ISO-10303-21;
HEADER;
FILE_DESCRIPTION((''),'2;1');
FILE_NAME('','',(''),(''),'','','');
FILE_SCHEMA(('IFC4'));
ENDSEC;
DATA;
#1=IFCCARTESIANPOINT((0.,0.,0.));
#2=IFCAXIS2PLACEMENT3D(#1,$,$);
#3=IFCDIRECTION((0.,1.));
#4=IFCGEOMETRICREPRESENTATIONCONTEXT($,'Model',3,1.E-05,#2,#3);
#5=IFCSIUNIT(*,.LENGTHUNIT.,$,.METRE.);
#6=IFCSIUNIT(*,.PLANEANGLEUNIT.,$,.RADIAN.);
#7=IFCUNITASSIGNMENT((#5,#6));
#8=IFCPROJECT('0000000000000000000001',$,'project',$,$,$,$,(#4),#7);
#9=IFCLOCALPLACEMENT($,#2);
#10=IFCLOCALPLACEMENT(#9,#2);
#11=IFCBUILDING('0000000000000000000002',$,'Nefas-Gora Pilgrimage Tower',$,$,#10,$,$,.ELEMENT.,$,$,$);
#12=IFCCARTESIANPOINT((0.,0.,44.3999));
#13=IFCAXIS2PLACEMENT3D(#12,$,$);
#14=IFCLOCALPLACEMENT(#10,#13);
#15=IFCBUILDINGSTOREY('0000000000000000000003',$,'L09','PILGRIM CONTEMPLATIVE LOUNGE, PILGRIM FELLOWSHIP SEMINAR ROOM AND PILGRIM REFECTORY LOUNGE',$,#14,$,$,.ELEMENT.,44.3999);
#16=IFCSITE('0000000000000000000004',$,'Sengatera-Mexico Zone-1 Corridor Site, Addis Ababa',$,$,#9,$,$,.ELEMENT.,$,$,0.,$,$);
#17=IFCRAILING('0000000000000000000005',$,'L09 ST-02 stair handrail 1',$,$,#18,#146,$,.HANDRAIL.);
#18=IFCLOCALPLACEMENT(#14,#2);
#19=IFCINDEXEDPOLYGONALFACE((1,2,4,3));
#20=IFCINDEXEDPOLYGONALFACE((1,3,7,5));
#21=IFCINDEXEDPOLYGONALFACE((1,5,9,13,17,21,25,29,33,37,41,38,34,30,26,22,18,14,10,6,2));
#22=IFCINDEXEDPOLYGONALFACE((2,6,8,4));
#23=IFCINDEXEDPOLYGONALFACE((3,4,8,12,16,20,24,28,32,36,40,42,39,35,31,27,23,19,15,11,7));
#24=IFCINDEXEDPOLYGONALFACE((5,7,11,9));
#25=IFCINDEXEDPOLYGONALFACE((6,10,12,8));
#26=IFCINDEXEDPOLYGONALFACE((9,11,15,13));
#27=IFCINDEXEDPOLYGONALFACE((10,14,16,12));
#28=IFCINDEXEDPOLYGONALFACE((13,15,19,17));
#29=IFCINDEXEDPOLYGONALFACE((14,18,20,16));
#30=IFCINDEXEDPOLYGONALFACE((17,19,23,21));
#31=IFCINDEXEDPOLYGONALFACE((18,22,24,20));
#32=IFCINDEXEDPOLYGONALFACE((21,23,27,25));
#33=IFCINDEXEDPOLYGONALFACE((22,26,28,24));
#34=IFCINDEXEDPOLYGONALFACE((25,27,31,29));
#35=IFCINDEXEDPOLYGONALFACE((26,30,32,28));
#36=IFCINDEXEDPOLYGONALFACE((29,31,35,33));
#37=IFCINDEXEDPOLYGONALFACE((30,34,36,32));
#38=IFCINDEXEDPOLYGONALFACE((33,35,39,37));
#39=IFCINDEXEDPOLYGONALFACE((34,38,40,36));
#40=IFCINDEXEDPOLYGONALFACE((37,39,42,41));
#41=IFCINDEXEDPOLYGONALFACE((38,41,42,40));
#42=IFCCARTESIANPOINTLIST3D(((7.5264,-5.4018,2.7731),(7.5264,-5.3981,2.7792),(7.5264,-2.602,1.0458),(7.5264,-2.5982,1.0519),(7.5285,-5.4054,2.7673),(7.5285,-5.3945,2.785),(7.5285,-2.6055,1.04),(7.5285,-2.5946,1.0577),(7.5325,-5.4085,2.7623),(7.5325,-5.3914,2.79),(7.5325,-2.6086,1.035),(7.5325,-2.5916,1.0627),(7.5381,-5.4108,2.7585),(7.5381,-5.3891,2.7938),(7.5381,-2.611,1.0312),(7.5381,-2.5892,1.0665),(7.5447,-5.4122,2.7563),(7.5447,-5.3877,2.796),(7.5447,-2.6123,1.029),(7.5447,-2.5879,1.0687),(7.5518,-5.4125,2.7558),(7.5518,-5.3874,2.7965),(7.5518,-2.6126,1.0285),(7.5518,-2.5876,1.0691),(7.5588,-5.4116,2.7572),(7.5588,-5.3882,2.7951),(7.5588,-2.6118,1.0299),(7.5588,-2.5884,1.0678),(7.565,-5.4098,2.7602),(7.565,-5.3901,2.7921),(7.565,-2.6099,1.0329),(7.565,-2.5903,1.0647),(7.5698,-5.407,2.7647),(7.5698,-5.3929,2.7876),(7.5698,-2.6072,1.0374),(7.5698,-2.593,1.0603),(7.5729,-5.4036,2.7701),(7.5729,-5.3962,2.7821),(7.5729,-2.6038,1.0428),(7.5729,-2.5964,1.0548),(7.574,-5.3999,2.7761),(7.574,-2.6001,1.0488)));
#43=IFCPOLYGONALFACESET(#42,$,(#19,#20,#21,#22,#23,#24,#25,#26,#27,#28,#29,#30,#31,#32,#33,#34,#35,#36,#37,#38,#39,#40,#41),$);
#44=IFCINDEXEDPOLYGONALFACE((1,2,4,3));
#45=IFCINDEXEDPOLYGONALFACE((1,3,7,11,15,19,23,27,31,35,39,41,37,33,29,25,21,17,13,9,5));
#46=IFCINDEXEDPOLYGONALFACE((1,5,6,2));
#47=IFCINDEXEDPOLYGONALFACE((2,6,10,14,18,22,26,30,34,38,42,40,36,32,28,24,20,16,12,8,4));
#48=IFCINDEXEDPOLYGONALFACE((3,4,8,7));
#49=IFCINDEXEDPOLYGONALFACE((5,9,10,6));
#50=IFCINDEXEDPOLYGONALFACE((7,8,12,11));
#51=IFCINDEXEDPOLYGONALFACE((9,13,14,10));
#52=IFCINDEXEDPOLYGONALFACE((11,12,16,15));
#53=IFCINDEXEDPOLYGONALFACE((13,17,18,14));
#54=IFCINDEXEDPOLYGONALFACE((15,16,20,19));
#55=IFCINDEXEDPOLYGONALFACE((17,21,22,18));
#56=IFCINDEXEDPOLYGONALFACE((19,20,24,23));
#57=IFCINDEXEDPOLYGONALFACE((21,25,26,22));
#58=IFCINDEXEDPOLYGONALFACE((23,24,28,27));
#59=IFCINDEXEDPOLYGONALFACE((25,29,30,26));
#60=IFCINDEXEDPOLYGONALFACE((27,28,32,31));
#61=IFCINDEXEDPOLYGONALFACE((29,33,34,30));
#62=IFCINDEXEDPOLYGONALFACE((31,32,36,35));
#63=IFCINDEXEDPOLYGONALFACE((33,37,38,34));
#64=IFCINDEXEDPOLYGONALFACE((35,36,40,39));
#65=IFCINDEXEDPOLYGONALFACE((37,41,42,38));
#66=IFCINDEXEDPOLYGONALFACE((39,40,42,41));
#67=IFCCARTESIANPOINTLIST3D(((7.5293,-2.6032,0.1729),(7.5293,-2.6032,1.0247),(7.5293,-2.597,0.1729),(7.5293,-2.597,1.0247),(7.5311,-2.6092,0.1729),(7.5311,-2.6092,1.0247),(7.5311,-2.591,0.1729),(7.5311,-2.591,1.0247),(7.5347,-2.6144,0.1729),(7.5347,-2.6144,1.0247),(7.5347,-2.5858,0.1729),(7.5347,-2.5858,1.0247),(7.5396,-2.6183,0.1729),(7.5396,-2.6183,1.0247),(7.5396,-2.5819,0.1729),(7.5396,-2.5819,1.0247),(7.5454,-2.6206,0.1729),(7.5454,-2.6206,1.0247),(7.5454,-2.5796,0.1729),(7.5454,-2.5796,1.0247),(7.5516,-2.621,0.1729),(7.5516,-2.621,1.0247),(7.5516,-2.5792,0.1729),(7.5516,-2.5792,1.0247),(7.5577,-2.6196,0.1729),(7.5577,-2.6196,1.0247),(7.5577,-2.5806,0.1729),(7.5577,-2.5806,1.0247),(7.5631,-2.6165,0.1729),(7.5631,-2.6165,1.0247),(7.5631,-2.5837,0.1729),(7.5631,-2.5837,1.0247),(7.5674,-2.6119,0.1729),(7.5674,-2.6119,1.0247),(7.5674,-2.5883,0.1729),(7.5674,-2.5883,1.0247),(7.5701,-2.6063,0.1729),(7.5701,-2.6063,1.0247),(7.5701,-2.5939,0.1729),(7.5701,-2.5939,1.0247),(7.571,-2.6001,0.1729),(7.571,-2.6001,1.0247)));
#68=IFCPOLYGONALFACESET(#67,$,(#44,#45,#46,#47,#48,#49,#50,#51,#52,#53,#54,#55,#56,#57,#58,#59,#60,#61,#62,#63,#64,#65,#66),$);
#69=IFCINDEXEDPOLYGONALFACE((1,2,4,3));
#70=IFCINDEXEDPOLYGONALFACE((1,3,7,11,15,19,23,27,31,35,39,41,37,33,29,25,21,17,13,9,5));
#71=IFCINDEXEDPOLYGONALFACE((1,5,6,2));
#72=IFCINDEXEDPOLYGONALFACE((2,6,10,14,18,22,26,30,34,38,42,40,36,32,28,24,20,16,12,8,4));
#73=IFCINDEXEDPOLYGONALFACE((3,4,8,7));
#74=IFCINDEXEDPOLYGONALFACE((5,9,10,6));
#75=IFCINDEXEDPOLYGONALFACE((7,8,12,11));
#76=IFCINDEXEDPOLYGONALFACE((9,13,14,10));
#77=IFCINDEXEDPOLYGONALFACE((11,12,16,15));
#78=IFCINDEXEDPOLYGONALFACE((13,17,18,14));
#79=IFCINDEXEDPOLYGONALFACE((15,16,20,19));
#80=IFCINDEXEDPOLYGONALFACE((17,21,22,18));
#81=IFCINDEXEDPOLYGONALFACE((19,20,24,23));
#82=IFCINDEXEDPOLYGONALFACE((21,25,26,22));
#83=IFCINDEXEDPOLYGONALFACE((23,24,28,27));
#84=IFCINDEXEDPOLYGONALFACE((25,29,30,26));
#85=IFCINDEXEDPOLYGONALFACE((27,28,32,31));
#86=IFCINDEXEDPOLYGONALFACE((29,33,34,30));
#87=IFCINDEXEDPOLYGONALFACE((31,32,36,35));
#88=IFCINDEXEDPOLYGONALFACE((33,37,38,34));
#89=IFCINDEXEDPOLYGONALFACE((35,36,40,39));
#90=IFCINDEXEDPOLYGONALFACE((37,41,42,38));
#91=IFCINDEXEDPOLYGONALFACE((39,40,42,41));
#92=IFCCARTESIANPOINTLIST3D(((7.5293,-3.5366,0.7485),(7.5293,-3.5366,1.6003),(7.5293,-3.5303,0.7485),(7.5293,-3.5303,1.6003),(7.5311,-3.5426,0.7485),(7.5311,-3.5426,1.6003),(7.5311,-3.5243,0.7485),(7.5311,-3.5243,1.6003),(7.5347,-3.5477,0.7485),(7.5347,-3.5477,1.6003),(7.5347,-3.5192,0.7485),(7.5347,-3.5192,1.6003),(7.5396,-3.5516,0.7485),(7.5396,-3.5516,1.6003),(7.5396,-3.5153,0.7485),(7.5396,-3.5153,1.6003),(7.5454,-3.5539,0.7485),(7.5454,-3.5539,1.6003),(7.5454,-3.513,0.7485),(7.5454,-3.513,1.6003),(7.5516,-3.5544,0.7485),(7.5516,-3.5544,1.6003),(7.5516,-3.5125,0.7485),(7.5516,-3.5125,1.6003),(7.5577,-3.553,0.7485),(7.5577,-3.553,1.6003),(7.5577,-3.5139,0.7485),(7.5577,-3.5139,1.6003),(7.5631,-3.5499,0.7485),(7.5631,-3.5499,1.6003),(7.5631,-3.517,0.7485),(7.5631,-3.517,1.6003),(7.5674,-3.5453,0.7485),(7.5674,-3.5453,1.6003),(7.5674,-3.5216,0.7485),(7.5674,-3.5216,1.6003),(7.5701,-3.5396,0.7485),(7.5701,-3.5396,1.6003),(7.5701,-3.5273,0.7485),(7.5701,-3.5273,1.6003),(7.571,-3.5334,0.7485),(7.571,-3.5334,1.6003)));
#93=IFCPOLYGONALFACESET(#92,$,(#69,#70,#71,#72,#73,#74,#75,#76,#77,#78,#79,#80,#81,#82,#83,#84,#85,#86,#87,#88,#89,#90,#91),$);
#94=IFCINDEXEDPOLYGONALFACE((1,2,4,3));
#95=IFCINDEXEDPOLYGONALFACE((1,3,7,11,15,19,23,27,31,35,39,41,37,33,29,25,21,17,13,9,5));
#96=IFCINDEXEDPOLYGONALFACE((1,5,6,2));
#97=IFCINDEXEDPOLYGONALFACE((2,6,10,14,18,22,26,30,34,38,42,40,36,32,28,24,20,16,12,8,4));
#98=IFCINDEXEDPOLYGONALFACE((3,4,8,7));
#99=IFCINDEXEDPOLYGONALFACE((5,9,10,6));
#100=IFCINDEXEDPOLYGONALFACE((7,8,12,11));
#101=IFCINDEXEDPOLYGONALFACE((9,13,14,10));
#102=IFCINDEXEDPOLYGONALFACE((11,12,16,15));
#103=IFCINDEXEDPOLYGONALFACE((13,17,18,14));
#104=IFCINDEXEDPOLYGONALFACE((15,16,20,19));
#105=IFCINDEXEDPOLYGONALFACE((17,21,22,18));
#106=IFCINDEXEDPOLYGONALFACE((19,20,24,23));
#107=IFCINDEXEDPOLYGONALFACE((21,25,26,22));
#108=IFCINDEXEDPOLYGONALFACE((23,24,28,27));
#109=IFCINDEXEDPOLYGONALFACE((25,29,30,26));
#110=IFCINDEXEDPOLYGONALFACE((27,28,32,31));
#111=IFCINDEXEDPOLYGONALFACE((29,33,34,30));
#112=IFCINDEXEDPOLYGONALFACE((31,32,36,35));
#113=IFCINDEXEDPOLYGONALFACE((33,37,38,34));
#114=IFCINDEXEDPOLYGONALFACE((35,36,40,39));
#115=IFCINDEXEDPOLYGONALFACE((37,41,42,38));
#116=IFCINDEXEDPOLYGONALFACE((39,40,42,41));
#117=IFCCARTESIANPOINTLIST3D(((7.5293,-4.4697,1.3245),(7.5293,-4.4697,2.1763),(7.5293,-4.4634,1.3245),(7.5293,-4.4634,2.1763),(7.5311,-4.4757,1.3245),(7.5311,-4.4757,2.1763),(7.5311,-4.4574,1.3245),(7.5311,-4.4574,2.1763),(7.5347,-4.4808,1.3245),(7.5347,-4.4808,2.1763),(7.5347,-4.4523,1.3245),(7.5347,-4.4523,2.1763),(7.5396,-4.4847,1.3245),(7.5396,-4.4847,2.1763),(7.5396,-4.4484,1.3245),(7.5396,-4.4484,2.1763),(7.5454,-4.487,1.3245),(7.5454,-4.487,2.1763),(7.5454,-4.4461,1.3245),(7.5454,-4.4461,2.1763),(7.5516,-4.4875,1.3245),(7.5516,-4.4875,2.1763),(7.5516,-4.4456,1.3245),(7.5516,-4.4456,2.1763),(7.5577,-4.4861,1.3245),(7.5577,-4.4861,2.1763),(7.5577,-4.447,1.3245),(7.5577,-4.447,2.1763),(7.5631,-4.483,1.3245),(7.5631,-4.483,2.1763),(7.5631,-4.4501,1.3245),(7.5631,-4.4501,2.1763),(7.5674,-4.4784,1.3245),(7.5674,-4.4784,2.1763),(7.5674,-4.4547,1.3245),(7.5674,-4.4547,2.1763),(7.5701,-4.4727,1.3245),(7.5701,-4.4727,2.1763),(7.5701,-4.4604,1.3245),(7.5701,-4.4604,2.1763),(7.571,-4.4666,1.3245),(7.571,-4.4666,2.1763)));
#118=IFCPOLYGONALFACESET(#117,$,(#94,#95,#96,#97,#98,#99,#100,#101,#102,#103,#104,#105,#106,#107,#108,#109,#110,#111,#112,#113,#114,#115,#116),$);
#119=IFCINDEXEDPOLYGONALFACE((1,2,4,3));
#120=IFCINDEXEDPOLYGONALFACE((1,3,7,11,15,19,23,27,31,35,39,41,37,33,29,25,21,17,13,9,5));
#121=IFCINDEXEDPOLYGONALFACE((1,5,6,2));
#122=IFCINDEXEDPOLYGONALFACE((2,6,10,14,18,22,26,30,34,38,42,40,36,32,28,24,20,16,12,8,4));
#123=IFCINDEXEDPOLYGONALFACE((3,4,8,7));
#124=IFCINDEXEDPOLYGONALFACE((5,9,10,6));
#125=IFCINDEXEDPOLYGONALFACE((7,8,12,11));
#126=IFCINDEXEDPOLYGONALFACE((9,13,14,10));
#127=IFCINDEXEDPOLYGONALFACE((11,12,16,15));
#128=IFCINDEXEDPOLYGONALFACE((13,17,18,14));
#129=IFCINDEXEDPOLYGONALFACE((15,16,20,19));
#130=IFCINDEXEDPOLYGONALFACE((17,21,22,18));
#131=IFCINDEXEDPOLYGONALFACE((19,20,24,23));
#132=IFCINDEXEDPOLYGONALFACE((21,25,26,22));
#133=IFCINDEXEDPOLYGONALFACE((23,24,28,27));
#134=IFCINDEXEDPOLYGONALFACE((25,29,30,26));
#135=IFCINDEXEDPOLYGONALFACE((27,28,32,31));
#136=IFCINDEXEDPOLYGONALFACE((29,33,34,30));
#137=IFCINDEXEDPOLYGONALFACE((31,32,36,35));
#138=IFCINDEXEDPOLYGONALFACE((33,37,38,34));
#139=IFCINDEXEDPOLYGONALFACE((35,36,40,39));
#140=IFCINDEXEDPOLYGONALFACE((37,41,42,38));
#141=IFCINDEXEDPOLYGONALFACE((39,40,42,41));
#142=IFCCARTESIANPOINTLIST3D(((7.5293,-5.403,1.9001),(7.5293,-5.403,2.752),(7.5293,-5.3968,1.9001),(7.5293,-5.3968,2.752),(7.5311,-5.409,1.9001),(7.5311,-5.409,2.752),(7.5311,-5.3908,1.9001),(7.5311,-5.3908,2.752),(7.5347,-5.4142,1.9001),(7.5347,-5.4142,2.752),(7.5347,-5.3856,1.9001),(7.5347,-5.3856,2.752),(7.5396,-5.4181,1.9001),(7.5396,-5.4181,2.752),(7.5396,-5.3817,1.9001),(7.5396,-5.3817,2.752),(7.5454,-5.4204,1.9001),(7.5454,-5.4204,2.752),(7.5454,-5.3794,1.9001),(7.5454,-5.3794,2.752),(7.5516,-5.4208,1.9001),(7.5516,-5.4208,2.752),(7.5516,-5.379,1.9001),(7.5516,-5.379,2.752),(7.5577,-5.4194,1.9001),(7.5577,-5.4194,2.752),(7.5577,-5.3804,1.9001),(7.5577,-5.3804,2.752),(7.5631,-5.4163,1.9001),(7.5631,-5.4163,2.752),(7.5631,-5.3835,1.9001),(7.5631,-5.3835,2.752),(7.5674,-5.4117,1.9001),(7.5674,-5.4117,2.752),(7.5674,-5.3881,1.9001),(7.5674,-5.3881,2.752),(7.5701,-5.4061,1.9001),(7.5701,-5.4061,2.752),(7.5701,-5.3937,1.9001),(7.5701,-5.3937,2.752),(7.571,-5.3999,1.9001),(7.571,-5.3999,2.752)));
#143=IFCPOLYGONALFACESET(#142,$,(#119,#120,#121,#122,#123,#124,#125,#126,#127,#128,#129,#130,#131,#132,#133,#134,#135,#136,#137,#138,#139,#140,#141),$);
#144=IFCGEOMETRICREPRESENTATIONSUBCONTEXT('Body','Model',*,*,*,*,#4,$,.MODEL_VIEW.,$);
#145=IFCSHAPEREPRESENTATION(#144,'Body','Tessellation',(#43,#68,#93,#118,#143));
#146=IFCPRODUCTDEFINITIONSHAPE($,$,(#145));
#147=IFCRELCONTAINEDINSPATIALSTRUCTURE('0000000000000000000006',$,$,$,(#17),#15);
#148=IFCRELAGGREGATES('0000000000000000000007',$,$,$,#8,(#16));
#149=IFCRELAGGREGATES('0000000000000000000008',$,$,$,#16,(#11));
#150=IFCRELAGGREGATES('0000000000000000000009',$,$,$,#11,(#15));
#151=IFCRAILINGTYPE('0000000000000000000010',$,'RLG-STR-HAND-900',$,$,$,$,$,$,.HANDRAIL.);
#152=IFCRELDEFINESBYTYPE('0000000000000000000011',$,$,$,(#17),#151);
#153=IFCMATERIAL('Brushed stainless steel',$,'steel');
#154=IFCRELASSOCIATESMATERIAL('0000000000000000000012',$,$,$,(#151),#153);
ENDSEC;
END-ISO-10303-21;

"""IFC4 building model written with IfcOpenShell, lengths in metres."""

from ifc_helpers import new_model, si_unit, direction, frame, origin, origin_2d, place, context, subcontext, project, spatial, circle, extrude, material, type_object, element, save


model = new_model("IFC4")

# Units and contexts
model_context = context("Model", 3, precision=1e-05, world=origin(), true_north=direction((0.0, 1.0)))
body_context = subcontext(model_context, "Body", "Model", "MODEL_VIEW")
ifc_project = project(units=[si_unit("LENGTHUNIT", "METRE"), si_unit("PLANEANGLEUNIT", "RADIAN")], contexts=[model_context])

# Site, building, storey
site_placement = place(None, origin())
site = spatial("IfcSite", under=ifc_project, at=site_placement, Name="Sengatera-Mexico Zone-1 Corridor Site, Addis Ababa", CompositionType="ELEMENT", RefElevation=0.0)
building_placement = place(site_placement, origin())
building = spatial("IfcBuilding", under=site, at=building_placement, Name="Nefas-Gora Pilgrimage Tower", CompositionType="ELEMENT")
storey_placement = place(building_placement, frame((0.0, 0.0, 44.3999)))
storey = spatial("IfcBuildingStorey", under=building, at=storey_placement, Name="L09", Description="PILGRIM CONTEMPLATIVE LOUNGE, PILGRIM FELLOWSHIP SEMINAR ROOM AND PILGRIM REFECTORY LOUNGE", CompositionType="ELEMENT", Elevation=44.3999)

# Railing
ifc_material_1 = material(Name="Brushed stainless steel", Category="steel")
railing_type_1 = type_object("IfcRailingType", Name="RLG-STR-HAND-900", PredefinedType="HANDRAIL", material=ifc_material_1)
railing_1_placement = place(storey_placement, frame((7.55, -2.6001, 0.1729)))
element("IfcRailing", 1, at=railing_1_placement, inside=storey, type_object=railing_type_1, Name="L09 ST-02 stair handrail 1", PredefinedType="HANDRAIL", context=body_context, shape_type="SweptSolid", body=[
    extrude(circle(Radius=0.0239, at=origin_2d()), frame((0.0, 0.0, 0.876), z_axis=(0.0, -0.851069, 0.525054), x_axis=(1.0, 0.0, 0.0)), (0.0, 0.0, 1.0), 3.2898),
    extrude(circle(Radius=0.021, at=origin_2d()), origin(), (0.0, 0.0, 1.0), 0.8518),
    extrude(circle(Radius=0.021, at=origin_2d()), frame((0.0, -0.9333, 0.5757)), (0.0, 0.0, 1.0), 0.8518),
    extrude(circle(Radius=0.021, at=origin_2d()), frame((0.0, -1.8665, 1.1516)), (0.0, 0.0, 1.0), 0.8518),
    extrude(circle(Radius=0.021, at=origin_2d()), frame((0.0, -2.7998, 1.7273)), (0.0, 0.0, 1.0), 0.8518),
])

save(model, "model.ifc")
